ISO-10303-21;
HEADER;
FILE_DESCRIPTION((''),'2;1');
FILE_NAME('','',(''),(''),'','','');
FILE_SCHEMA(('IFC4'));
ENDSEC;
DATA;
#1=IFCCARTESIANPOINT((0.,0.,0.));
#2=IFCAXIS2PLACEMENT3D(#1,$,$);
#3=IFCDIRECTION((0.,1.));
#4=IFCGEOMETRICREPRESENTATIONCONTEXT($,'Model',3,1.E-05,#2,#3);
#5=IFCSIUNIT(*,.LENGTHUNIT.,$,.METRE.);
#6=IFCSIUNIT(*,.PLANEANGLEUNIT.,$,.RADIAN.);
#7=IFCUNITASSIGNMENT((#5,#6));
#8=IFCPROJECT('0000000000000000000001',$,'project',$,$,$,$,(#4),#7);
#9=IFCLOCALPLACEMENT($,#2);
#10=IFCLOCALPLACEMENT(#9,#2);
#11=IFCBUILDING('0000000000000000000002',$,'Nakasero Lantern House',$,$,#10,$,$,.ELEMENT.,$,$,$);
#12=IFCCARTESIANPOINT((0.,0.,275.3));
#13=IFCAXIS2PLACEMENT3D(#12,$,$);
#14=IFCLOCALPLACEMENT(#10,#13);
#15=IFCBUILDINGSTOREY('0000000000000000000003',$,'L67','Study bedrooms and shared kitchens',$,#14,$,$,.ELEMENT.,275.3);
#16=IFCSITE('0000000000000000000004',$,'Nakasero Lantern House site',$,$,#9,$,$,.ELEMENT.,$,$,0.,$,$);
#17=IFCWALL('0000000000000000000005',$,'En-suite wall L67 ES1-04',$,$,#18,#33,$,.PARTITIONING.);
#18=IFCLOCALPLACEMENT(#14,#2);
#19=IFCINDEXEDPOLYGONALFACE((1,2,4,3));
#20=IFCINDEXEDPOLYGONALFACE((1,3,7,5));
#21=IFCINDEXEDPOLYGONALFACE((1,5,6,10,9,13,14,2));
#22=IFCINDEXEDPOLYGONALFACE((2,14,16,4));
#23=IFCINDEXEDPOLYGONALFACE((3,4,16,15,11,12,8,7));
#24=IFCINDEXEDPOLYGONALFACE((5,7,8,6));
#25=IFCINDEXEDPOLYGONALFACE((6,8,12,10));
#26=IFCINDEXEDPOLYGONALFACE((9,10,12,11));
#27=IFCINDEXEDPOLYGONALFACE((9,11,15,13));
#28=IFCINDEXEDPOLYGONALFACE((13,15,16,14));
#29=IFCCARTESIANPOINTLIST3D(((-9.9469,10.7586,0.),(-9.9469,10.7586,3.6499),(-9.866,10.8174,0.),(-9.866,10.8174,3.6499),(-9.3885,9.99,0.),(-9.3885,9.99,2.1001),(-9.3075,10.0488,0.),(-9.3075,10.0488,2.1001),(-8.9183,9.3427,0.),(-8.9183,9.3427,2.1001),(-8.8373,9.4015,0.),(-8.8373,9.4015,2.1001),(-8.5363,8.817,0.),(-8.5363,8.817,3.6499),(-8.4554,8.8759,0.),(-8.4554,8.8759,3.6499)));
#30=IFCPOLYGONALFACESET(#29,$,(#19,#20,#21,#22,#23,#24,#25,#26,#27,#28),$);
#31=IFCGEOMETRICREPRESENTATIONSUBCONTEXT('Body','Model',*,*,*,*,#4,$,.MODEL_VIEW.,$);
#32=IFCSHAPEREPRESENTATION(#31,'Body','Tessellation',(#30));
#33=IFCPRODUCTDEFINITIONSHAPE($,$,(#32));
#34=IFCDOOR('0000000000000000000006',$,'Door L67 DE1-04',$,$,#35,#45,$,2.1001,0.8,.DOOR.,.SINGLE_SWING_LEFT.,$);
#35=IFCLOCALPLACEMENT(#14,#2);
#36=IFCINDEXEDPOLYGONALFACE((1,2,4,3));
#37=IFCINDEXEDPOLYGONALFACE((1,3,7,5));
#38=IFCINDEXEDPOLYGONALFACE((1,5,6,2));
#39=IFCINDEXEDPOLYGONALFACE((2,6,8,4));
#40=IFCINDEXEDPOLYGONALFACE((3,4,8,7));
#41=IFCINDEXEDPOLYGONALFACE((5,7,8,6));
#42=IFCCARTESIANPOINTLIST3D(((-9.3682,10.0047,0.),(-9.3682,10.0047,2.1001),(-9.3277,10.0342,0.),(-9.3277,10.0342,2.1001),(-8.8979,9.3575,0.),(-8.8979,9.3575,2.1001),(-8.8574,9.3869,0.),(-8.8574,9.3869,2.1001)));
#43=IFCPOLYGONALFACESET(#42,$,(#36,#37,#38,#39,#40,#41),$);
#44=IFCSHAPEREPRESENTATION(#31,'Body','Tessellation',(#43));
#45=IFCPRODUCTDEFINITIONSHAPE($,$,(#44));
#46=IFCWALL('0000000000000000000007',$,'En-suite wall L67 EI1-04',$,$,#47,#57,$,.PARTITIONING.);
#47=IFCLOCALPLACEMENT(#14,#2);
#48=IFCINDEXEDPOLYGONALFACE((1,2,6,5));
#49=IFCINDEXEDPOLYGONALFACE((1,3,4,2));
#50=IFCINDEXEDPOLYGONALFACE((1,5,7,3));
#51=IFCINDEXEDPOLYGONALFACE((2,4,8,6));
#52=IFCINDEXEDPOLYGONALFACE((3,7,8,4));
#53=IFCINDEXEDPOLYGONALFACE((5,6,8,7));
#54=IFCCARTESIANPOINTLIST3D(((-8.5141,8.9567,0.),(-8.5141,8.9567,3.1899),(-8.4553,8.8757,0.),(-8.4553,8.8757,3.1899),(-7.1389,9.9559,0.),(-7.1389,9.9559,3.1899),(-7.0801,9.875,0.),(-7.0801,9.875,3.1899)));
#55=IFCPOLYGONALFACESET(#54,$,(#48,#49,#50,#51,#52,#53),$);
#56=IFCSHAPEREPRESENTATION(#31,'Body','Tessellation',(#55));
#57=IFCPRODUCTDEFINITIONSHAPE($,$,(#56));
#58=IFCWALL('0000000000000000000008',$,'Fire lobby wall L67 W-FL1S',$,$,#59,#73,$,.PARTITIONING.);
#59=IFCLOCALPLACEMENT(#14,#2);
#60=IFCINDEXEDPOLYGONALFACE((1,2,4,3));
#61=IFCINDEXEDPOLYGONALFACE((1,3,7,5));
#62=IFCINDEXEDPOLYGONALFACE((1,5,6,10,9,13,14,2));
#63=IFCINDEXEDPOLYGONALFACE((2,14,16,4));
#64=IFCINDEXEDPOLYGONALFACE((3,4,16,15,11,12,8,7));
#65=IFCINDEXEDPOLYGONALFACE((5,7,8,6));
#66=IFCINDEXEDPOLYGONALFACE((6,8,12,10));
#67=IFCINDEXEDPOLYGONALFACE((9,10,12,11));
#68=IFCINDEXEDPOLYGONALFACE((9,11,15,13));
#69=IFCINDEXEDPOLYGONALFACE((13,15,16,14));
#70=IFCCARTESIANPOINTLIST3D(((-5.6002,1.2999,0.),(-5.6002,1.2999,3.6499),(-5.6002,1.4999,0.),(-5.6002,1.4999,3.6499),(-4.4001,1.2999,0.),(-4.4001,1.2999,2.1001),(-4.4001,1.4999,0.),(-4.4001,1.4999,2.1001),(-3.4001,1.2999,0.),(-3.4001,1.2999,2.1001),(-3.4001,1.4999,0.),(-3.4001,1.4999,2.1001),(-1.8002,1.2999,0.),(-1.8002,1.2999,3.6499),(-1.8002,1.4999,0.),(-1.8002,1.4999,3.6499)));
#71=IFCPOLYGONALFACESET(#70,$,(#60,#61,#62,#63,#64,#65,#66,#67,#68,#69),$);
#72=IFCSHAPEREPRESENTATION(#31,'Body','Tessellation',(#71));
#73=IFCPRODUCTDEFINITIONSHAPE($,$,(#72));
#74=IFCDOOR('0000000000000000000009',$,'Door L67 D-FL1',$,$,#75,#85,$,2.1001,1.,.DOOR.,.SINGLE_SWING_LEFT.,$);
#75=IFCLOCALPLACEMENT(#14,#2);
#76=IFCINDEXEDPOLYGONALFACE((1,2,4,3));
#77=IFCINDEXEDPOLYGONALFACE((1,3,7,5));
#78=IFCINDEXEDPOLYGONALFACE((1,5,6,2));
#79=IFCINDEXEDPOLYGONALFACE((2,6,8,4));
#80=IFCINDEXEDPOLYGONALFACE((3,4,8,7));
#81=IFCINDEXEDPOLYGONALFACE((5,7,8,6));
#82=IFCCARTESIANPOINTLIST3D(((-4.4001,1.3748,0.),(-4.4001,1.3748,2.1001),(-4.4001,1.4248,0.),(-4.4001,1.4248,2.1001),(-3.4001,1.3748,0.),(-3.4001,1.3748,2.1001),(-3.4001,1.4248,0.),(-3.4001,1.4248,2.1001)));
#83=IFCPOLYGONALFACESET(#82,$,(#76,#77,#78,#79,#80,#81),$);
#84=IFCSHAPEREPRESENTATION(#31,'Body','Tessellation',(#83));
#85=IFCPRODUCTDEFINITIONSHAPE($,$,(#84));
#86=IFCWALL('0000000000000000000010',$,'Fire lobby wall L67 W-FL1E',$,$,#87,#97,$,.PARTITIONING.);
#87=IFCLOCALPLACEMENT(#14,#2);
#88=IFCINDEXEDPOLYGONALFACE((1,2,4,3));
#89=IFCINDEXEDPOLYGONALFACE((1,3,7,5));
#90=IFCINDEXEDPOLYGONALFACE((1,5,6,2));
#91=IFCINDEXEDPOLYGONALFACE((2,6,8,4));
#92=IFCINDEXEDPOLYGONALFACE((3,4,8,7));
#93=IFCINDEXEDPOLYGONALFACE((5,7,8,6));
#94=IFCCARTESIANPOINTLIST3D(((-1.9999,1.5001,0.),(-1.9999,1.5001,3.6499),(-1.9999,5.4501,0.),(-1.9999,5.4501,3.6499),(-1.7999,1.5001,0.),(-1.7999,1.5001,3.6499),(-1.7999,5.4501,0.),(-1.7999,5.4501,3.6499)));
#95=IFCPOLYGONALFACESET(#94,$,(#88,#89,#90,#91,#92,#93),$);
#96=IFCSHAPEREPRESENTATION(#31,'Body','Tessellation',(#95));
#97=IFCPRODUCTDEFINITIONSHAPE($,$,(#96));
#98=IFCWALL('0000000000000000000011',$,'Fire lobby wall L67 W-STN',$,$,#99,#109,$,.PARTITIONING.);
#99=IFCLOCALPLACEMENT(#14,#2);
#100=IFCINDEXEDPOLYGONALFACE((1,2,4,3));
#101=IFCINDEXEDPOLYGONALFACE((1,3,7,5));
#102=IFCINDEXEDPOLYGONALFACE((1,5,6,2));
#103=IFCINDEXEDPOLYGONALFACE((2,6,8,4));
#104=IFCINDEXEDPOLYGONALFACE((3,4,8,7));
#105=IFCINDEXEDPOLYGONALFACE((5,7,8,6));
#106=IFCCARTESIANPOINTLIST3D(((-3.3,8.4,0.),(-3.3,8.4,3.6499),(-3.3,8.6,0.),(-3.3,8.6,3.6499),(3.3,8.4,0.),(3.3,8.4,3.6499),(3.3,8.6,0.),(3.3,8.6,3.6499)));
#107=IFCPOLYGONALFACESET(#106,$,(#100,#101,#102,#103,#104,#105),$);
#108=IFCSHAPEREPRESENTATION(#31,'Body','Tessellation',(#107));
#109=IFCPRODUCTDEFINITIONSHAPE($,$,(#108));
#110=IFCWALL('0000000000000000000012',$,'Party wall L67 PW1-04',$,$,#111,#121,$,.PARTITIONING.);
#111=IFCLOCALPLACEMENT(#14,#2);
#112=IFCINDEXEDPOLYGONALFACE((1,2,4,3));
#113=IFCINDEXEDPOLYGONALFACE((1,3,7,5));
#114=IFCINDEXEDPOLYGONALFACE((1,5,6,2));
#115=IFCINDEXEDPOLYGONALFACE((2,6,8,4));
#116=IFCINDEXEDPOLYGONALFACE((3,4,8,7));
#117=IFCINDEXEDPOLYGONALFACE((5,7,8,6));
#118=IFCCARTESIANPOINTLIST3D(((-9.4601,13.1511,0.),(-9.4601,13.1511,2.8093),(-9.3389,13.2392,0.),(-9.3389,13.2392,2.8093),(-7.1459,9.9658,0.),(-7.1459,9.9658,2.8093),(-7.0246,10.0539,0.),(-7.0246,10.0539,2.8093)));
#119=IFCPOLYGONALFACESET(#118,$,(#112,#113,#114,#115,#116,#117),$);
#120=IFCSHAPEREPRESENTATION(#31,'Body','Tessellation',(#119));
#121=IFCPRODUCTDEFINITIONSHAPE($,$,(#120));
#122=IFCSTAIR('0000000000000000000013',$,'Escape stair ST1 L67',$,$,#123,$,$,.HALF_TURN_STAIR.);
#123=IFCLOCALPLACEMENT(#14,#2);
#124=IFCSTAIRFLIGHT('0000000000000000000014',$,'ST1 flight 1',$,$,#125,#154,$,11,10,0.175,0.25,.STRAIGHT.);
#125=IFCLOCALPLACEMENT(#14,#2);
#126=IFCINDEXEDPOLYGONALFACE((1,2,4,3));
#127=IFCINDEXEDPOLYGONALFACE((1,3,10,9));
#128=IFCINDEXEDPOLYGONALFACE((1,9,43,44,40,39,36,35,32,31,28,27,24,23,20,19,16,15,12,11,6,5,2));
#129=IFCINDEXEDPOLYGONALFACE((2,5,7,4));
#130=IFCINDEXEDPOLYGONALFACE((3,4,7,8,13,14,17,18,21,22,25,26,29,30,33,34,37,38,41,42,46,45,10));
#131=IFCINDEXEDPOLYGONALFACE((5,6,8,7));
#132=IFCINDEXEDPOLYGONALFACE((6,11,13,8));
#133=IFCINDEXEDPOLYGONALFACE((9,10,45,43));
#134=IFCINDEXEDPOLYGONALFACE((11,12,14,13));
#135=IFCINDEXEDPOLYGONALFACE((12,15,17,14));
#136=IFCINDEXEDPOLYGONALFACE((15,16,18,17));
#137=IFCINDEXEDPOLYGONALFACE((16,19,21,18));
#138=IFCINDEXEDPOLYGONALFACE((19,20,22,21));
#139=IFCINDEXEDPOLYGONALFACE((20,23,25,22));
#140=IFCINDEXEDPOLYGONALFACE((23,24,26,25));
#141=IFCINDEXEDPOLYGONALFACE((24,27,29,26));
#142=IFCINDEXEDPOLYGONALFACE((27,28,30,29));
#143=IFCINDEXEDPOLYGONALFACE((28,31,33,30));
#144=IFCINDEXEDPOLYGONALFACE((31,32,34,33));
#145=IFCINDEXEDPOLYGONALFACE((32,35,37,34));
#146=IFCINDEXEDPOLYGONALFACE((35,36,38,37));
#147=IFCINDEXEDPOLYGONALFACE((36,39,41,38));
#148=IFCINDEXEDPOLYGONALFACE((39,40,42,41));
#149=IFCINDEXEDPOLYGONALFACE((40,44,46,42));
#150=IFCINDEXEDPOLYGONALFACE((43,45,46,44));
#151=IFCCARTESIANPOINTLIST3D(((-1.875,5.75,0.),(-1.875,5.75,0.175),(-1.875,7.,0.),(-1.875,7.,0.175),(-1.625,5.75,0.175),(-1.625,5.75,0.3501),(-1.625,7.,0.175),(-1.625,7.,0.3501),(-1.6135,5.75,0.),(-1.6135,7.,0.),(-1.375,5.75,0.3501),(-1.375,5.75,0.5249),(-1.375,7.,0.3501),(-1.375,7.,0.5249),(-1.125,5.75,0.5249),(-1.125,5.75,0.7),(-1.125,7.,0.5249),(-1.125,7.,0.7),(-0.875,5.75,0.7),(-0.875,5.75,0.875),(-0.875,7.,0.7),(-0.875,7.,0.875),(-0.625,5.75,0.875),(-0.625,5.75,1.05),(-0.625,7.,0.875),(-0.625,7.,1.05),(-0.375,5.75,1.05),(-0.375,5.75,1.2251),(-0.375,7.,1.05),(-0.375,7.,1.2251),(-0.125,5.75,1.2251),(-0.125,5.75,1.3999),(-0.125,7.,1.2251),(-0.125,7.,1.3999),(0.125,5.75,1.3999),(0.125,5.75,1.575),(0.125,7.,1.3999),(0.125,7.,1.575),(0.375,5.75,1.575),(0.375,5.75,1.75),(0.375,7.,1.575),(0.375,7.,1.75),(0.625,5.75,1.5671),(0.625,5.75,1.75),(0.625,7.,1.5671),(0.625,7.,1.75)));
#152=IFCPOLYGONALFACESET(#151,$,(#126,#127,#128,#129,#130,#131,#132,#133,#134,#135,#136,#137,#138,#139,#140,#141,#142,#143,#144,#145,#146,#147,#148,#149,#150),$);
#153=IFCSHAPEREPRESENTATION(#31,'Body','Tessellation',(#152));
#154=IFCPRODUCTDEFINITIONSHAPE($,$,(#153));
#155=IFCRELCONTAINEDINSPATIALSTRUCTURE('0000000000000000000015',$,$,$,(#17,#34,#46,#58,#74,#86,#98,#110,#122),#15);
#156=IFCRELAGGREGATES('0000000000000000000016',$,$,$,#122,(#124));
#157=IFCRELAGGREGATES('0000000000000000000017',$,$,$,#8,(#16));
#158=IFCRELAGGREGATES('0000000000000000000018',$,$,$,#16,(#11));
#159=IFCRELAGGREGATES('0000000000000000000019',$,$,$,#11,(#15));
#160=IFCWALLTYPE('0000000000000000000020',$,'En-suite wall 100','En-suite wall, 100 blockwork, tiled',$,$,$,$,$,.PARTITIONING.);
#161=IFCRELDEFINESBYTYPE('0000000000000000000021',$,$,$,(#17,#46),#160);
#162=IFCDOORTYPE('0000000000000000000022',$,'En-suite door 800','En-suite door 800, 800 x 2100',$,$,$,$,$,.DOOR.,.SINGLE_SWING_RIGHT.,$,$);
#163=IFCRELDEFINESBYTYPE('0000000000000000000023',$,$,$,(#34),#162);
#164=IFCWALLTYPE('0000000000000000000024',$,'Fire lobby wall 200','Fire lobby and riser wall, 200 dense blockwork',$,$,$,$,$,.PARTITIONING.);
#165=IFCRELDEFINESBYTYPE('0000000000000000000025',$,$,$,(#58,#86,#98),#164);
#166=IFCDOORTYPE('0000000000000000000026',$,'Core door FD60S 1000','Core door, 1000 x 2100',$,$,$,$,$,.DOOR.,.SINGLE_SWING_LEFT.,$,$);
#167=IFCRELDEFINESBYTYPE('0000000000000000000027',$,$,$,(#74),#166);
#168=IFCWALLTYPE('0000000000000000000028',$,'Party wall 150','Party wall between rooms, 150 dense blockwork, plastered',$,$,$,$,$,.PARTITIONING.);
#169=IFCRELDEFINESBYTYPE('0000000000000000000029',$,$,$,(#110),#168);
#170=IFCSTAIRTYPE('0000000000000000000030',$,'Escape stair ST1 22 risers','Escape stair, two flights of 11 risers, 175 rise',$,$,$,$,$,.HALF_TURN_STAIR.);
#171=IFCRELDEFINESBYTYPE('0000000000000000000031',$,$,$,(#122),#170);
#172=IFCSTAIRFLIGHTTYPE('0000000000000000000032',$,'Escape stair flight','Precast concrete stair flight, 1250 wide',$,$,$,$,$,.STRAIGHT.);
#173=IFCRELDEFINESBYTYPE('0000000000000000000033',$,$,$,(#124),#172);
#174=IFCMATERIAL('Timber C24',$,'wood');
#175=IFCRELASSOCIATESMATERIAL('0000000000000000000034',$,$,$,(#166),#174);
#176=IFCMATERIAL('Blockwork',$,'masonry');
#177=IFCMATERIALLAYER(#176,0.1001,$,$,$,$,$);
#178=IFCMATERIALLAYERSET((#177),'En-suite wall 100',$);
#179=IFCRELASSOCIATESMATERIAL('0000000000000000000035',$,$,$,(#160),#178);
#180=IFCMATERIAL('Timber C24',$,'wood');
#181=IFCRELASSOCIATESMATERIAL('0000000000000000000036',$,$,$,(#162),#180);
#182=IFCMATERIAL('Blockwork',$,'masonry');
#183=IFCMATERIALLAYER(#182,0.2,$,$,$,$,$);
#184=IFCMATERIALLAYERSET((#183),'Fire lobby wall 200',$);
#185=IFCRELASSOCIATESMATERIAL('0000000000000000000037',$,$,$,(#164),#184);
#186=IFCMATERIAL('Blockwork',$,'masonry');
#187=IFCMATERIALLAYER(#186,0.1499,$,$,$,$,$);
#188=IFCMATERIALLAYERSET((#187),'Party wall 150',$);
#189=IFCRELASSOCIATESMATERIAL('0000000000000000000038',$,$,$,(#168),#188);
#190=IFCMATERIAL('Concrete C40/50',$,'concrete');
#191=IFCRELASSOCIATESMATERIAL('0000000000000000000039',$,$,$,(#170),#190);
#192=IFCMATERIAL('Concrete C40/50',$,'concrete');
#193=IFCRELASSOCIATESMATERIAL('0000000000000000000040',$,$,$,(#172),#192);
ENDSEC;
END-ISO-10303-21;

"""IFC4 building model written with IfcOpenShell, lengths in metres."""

from ifc_helpers import new_model, si_unit, direction, frame, frame_2d, origin, place, context, subcontext, project, spatial, polyline, rectangle, outline, extrude, material, layer, layer_set, type_object, element, fill, aggregate, save


model = new_model("IFC4")

# Units and contexts
model_context = context("Model", 3, precision=1e-05, world=origin(), true_north=direction((0.0, 1.0)))
body_context = subcontext(model_context, "Body", "Model", "MODEL_VIEW")
ifc_project = project(units=[si_unit("LENGTHUNIT", "METRE"), si_unit("PLANEANGLEUNIT", "RADIAN")], contexts=[model_context])

# Site, building, storey
site_placement = place(None, origin())
site = spatial("IfcSite", under=ifc_project, at=site_placement, Name="Nakasero Lantern House site", CompositionType="ELEMENT", RefElevation=0.0)
building_placement = place(site_placement, origin())
building = spatial("IfcBuilding", under=site, at=building_placement, Name="Nakasero Lantern House", CompositionType="ELEMENT")
storey_placement = place(building_placement, frame((0.0, 0.0, 275.3)))
storey = spatial("IfcBuildingStorey", under=building, at=storey_placement, Name="L67", Description="Study bedrooms and shared kitchens", CompositionType="ELEMENT", Elevation=275.3)

# Shared definitions
ifc_material_1 = material(Name="Timber C24", Category="wood")
door_type_1 = type_object("IfcDoorType", Name="Core door FD60S 1000", Description="Core door, 1000 x 2100", OperationType="SINGLE_SWING_LEFT", PredefinedType="DOOR", material=ifc_material_1)

# Wall, opening, door
ifc_material_2 = material(Name="Blockwork", Category="masonry")
ifc_layer_1 = layer(ifc_material_2, 0.1001)
ifc_layer_set_1 = layer_set([ifc_layer_1], Name="En-suite wall 100")
wall_type_1 = type_object("IfcWallType", Name="En-suite wall 100", Description="En-suite wall, 100 blockwork, tiled", PredefinedType="PARTITIONING", material=ifc_layer_set_1)
wall_1_placement = place(storey_placement, frame((-8.4958, 8.8464, 0.0), z_axis=(0.0, 0.0, 1.0), x_axis=(-0.587772, 0.809026, 0.0)))
wall_1 = element("IfcWall", 1, at=wall_1_placement, inside=storey, type_object=wall_type_1, Name="En-suite wall L67 ES1-04", PredefinedType="PARTITIONING", context=body_context, shape_type="SweptSolid", body=[
    extrude(rectangle(XDim=2.3999, YDim=0.1001, at=frame_2d((1.2, 0.0))), origin(), (0.0, 0.0, 1.0), 3.6499),
])
opening_1_placement = place(wall_1_placement, frame((0.6499, 0.0, 0.0)))
opening_1 = element("IfcOpeningElement", 2, at=opening_1_placement, cuts=wall_1, PredefinedType="OPENING", context=body_context, shape_type="SweptSolid", body=[
    extrude(rectangle(XDim=0.8, YDim=2.1001, at=frame_2d((0.3999, 1.05))), frame((0.0, 0.0701, 0.0), z_axis=(0.0, -1.0, 0.0), x_axis=(1.0, 0.0, 0.0)), (0.0, 0.0, 1.0), 0.1401),
])
ifc_material_3 = material(Name="Timber C24", Category="wood")
door_type_2 = type_object("IfcDoorType", Name="En-suite door 800", Description="En-suite door 800, 800 x 2100", OperationType="SINGLE_SWING_RIGHT", PredefinedType="DOOR", material=ifc_material_3)
door_1_placement = place(opening_1_placement, origin())
door_1 = element("IfcDoor", 3, at=door_1_placement, inside=storey, type_object=door_type_2, Name="Door L67 DE1-04", OperationType="SINGLE_SWING_LEFT", OverallHeight=2.1001, OverallWidth=0.8, PredefinedType="DOOR", context=body_context, shape_type="SweptSolid", body=[
    extrude(rectangle(XDim=0.8, YDim=2.1001, at=frame_2d((0.3999, 1.05))), frame((0.0, 0.0249, 0.0), z_axis=(0.0, -1.0, 0.0), x_axis=(1.0, 0.0, 0.0)), (0.0, 0.0, 1.0), 0.05),
])
fill(opening_1, door_1)

# Wall
wall_2_placement = place(storey_placement, frame((-7.1094, 9.9155, 0.0), z_axis=(0.0, 0.0, 1.0), x_axis=(-0.808991, -0.587822, 0.0)))
element("IfcWall", 4, at=wall_2_placement, inside=storey, type_object=wall_type_1, Name="En-suite wall L67 EI1-04", PredefinedType="PARTITIONING", context=body_context, shape_type="SweptSolid", body=[
    extrude(rectangle(XDim=1.7, YDim=0.1001, at=frame_2d((0.8501, 0.0))), origin(), (0.0, 0.0, 1.0), 3.1899),
])

# Wall, opening, door
ifc_material_4 = material(Name="Blockwork", Category="masonry")
ifc_layer_2 = layer(ifc_material_4, 0.2)
ifc_layer_set_2 = layer_set([ifc_layer_2], Name="Fire lobby wall 200")
wall_type_2 = type_object("IfcWallType", Name="Fire lobby wall 200", Description="Fire lobby and riser wall, 200 dense blockwork", PredefinedType="PARTITIONING", material=ifc_layer_set_2)
wall_3_placement = place(storey_placement, frame((-5.6001, 1.3999, 0.0), z_axis=(0.0, 0.0, 1.0), x_axis=(1.0, 0.0, 0.0)))
wall_3 = element("IfcWall", 5, at=wall_3_placement, inside=storey, type_object=wall_type_2, Name="Fire lobby wall L67 W-FL1S", PredefinedType="PARTITIONING", context=body_context, shape_type="SweptSolid", body=[
    extrude(rectangle(XDim=3.8, YDim=0.2, at=frame_2d((1.8999, 0.0))), origin(), (0.0, 0.0, 1.0), 3.6499),
])
opening_2_placement = place(wall_3_placement, frame((1.2, 0.0, 0.0)))
opening_2 = element("IfcOpeningElement", 6, at=opening_2_placement, cuts=wall_3, PredefinedType="OPENING", context=body_context, shape_type="SweptSolid", body=[
    extrude(rectangle(XDim=1.0, YDim=2.1001, at=frame_2d((0.5, 1.05))), frame((0.0, 0.1199, 0.0), z_axis=(0.0, -1.0, 0.0), x_axis=(1.0, 0.0, 0.0)), (0.0, 0.0, 1.0), 0.24),
])
door_2_placement = place(opening_2_placement, origin())
door_2 = element("IfcDoor", 7, at=door_2_placement, inside=storey, type_object=door_type_1, Name="Door L67 D-FL1", OperationType="SINGLE_SWING_LEFT", OverallHeight=2.1001, OverallWidth=1.0, PredefinedType="DOOR", context=body_context, shape_type="SweptSolid", body=[
    extrude(rectangle(XDim=1.0, YDim=2.1001, at=frame_2d((0.5, 1.05))), frame((0.0, 0.0249, 0.0), z_axis=(0.0, -1.0, 0.0), x_axis=(1.0, 0.0, 0.0)), (0.0, 0.0, 1.0), 0.05),
])
fill(opening_2, door_2)

# Walls
wall_4_placement = place(storey_placement, frame((-1.8999, 1.5, 0.0), z_axis=(0.0, 0.0, 1.0), x_axis=(0.0, 1.0, 0.0)))
element("IfcWall", 8, at=wall_4_placement, inside=storey, type_object=wall_type_2, Name="Fire lobby wall L67 W-FL1E", PredefinedType="PARTITIONING", context=body_context, shape_type="SweptSolid", body=[
    extrude(rectangle(XDim=3.95, YDim=0.2, at=frame_2d((1.9751, 0.0))), origin(), (0.0, 0.0, 1.0), 3.6499),
])
wall_5_placement = place(storey_placement, frame((-3.3, 8.5, 0.0), z_axis=(0.0, 0.0, 1.0), x_axis=(1.0, 0.0, 0.0)))
element("IfcWall", 9, at=wall_5_placement, inside=storey, type_object=wall_type_2, Name="Fire lobby wall L67 W-STN", PredefinedType="PARTITIONING", context=body_context, shape_type="SweptSolid", body=[
    extrude(rectangle(XDim=6.6001, YDim=0.2, at=frame_2d((3.3, 0.0))), origin(), (0.0, 0.0, 1.0), 3.6499),
])
ifc_material_5 = material(Name="Blockwork", Category="masonry")
ifc_layer_3 = layer(ifc_material_5, 0.1499)
ifc_layer_set_3 = layer_set([ifc_layer_3], Name="Party wall 150")
wall_type_3 = type_object("IfcWallType", Name="Party wall 150", Description="Party wall between rooms, 150 dense blockwork, plastered", PredefinedType="PARTITIONING", material=ifc_layer_set_3)
wall_6_placement = place(storey_placement, frame((-7.0852, 10.0098, 0.0), z_axis=(0.0, 0.0, 1.0), x_axis=(-0.587777, 0.809023, 0.0)))
element("IfcWall", 10, at=wall_6_placement, inside=storey, type_object=wall_type_3, Name="Party wall L67 PW1-04", PredefinedType="PARTITIONING", context=body_context, shape_type="SweptSolid", body=[
    extrude(rectangle(XDim=3.9373, YDim=0.1499, at=frame_2d((1.9688, 0.0))), origin(), (0.0, 0.0, 1.0), 2.8093),
])

# Stair, stair flight
ifc_material_6 = material(Name="Concrete C40/50", Category="concrete")
stair_type = type_object("IfcStairType", Name="Escape stair ST1 22 risers", Description="Escape stair, two flights of 11 risers, 175 rise", PredefinedType="HALF_TURN_STAIR", material=ifc_material_6)
stair_placement = place(storey_placement, origin())
stair = element("IfcStair", 11, at=stair_placement, inside=storey, type_object=stair_type, Name="Escape stair ST1 L67", PredefinedType="HALF_TURN_STAIR")
ifc_material_7 = material(Name="Concrete C40/50", Category="concrete")
stair_flight_type = type_object("IfcStairFlightType", Name="Escape stair flight", Description="Precast concrete stair flight, 1250 wide", PredefinedType="STRAIGHT", material=ifc_material_7)
stair_flight_placement = place(storey_placement, frame((-1.875, 6.375, 0.0), z_axis=(0.0, 0.0, 1.0), x_axis=(1.0, 0.0, 0.0)))
stair_flight = element("IfcStairFlight", 12, at=stair_flight_placement, type_object=stair_flight_type, Name="ST1 flight 1", NumberOfRisers=11, NumberOfTreads=10, PredefinedType="STRAIGHT", RiserHeight=0.175, TreadLength=0.25, context=body_context, shape_type="SweptSolid", body=[
    extrude(outline(polyline([(0.0, 0.0), (0.0, 0.175), (0.25, 0.175), (0.25, 0.3501), (0.5, 0.3501), (0.5, 0.5249), (0.75, 0.5249), (0.75, 0.7), (1.0, 0.7), (1.0, 0.875), (1.25, 0.875), (1.25, 1.05), (1.5, 1.05), (1.5, 1.2251), (1.75, 1.2251), (1.75, 1.3999), (2.0, 1.3999), (2.0, 1.575), (2.25, 1.575), (2.25, 1.75), (2.5, 1.75), (2.5, 1.925), (2.5, 1.5671), (0.2615, 0.0), (0.0, 0.0)])), frame((0.0, 0.625, 0.0), z_axis=(0.0, -1.0, 0.0), x_axis=(1.0, 0.0, 0.0)), (0.0, 0.0, 1.0), 1.25),
])
aggregate(stair, [stair_flight])

save(model, "model.ifc")
